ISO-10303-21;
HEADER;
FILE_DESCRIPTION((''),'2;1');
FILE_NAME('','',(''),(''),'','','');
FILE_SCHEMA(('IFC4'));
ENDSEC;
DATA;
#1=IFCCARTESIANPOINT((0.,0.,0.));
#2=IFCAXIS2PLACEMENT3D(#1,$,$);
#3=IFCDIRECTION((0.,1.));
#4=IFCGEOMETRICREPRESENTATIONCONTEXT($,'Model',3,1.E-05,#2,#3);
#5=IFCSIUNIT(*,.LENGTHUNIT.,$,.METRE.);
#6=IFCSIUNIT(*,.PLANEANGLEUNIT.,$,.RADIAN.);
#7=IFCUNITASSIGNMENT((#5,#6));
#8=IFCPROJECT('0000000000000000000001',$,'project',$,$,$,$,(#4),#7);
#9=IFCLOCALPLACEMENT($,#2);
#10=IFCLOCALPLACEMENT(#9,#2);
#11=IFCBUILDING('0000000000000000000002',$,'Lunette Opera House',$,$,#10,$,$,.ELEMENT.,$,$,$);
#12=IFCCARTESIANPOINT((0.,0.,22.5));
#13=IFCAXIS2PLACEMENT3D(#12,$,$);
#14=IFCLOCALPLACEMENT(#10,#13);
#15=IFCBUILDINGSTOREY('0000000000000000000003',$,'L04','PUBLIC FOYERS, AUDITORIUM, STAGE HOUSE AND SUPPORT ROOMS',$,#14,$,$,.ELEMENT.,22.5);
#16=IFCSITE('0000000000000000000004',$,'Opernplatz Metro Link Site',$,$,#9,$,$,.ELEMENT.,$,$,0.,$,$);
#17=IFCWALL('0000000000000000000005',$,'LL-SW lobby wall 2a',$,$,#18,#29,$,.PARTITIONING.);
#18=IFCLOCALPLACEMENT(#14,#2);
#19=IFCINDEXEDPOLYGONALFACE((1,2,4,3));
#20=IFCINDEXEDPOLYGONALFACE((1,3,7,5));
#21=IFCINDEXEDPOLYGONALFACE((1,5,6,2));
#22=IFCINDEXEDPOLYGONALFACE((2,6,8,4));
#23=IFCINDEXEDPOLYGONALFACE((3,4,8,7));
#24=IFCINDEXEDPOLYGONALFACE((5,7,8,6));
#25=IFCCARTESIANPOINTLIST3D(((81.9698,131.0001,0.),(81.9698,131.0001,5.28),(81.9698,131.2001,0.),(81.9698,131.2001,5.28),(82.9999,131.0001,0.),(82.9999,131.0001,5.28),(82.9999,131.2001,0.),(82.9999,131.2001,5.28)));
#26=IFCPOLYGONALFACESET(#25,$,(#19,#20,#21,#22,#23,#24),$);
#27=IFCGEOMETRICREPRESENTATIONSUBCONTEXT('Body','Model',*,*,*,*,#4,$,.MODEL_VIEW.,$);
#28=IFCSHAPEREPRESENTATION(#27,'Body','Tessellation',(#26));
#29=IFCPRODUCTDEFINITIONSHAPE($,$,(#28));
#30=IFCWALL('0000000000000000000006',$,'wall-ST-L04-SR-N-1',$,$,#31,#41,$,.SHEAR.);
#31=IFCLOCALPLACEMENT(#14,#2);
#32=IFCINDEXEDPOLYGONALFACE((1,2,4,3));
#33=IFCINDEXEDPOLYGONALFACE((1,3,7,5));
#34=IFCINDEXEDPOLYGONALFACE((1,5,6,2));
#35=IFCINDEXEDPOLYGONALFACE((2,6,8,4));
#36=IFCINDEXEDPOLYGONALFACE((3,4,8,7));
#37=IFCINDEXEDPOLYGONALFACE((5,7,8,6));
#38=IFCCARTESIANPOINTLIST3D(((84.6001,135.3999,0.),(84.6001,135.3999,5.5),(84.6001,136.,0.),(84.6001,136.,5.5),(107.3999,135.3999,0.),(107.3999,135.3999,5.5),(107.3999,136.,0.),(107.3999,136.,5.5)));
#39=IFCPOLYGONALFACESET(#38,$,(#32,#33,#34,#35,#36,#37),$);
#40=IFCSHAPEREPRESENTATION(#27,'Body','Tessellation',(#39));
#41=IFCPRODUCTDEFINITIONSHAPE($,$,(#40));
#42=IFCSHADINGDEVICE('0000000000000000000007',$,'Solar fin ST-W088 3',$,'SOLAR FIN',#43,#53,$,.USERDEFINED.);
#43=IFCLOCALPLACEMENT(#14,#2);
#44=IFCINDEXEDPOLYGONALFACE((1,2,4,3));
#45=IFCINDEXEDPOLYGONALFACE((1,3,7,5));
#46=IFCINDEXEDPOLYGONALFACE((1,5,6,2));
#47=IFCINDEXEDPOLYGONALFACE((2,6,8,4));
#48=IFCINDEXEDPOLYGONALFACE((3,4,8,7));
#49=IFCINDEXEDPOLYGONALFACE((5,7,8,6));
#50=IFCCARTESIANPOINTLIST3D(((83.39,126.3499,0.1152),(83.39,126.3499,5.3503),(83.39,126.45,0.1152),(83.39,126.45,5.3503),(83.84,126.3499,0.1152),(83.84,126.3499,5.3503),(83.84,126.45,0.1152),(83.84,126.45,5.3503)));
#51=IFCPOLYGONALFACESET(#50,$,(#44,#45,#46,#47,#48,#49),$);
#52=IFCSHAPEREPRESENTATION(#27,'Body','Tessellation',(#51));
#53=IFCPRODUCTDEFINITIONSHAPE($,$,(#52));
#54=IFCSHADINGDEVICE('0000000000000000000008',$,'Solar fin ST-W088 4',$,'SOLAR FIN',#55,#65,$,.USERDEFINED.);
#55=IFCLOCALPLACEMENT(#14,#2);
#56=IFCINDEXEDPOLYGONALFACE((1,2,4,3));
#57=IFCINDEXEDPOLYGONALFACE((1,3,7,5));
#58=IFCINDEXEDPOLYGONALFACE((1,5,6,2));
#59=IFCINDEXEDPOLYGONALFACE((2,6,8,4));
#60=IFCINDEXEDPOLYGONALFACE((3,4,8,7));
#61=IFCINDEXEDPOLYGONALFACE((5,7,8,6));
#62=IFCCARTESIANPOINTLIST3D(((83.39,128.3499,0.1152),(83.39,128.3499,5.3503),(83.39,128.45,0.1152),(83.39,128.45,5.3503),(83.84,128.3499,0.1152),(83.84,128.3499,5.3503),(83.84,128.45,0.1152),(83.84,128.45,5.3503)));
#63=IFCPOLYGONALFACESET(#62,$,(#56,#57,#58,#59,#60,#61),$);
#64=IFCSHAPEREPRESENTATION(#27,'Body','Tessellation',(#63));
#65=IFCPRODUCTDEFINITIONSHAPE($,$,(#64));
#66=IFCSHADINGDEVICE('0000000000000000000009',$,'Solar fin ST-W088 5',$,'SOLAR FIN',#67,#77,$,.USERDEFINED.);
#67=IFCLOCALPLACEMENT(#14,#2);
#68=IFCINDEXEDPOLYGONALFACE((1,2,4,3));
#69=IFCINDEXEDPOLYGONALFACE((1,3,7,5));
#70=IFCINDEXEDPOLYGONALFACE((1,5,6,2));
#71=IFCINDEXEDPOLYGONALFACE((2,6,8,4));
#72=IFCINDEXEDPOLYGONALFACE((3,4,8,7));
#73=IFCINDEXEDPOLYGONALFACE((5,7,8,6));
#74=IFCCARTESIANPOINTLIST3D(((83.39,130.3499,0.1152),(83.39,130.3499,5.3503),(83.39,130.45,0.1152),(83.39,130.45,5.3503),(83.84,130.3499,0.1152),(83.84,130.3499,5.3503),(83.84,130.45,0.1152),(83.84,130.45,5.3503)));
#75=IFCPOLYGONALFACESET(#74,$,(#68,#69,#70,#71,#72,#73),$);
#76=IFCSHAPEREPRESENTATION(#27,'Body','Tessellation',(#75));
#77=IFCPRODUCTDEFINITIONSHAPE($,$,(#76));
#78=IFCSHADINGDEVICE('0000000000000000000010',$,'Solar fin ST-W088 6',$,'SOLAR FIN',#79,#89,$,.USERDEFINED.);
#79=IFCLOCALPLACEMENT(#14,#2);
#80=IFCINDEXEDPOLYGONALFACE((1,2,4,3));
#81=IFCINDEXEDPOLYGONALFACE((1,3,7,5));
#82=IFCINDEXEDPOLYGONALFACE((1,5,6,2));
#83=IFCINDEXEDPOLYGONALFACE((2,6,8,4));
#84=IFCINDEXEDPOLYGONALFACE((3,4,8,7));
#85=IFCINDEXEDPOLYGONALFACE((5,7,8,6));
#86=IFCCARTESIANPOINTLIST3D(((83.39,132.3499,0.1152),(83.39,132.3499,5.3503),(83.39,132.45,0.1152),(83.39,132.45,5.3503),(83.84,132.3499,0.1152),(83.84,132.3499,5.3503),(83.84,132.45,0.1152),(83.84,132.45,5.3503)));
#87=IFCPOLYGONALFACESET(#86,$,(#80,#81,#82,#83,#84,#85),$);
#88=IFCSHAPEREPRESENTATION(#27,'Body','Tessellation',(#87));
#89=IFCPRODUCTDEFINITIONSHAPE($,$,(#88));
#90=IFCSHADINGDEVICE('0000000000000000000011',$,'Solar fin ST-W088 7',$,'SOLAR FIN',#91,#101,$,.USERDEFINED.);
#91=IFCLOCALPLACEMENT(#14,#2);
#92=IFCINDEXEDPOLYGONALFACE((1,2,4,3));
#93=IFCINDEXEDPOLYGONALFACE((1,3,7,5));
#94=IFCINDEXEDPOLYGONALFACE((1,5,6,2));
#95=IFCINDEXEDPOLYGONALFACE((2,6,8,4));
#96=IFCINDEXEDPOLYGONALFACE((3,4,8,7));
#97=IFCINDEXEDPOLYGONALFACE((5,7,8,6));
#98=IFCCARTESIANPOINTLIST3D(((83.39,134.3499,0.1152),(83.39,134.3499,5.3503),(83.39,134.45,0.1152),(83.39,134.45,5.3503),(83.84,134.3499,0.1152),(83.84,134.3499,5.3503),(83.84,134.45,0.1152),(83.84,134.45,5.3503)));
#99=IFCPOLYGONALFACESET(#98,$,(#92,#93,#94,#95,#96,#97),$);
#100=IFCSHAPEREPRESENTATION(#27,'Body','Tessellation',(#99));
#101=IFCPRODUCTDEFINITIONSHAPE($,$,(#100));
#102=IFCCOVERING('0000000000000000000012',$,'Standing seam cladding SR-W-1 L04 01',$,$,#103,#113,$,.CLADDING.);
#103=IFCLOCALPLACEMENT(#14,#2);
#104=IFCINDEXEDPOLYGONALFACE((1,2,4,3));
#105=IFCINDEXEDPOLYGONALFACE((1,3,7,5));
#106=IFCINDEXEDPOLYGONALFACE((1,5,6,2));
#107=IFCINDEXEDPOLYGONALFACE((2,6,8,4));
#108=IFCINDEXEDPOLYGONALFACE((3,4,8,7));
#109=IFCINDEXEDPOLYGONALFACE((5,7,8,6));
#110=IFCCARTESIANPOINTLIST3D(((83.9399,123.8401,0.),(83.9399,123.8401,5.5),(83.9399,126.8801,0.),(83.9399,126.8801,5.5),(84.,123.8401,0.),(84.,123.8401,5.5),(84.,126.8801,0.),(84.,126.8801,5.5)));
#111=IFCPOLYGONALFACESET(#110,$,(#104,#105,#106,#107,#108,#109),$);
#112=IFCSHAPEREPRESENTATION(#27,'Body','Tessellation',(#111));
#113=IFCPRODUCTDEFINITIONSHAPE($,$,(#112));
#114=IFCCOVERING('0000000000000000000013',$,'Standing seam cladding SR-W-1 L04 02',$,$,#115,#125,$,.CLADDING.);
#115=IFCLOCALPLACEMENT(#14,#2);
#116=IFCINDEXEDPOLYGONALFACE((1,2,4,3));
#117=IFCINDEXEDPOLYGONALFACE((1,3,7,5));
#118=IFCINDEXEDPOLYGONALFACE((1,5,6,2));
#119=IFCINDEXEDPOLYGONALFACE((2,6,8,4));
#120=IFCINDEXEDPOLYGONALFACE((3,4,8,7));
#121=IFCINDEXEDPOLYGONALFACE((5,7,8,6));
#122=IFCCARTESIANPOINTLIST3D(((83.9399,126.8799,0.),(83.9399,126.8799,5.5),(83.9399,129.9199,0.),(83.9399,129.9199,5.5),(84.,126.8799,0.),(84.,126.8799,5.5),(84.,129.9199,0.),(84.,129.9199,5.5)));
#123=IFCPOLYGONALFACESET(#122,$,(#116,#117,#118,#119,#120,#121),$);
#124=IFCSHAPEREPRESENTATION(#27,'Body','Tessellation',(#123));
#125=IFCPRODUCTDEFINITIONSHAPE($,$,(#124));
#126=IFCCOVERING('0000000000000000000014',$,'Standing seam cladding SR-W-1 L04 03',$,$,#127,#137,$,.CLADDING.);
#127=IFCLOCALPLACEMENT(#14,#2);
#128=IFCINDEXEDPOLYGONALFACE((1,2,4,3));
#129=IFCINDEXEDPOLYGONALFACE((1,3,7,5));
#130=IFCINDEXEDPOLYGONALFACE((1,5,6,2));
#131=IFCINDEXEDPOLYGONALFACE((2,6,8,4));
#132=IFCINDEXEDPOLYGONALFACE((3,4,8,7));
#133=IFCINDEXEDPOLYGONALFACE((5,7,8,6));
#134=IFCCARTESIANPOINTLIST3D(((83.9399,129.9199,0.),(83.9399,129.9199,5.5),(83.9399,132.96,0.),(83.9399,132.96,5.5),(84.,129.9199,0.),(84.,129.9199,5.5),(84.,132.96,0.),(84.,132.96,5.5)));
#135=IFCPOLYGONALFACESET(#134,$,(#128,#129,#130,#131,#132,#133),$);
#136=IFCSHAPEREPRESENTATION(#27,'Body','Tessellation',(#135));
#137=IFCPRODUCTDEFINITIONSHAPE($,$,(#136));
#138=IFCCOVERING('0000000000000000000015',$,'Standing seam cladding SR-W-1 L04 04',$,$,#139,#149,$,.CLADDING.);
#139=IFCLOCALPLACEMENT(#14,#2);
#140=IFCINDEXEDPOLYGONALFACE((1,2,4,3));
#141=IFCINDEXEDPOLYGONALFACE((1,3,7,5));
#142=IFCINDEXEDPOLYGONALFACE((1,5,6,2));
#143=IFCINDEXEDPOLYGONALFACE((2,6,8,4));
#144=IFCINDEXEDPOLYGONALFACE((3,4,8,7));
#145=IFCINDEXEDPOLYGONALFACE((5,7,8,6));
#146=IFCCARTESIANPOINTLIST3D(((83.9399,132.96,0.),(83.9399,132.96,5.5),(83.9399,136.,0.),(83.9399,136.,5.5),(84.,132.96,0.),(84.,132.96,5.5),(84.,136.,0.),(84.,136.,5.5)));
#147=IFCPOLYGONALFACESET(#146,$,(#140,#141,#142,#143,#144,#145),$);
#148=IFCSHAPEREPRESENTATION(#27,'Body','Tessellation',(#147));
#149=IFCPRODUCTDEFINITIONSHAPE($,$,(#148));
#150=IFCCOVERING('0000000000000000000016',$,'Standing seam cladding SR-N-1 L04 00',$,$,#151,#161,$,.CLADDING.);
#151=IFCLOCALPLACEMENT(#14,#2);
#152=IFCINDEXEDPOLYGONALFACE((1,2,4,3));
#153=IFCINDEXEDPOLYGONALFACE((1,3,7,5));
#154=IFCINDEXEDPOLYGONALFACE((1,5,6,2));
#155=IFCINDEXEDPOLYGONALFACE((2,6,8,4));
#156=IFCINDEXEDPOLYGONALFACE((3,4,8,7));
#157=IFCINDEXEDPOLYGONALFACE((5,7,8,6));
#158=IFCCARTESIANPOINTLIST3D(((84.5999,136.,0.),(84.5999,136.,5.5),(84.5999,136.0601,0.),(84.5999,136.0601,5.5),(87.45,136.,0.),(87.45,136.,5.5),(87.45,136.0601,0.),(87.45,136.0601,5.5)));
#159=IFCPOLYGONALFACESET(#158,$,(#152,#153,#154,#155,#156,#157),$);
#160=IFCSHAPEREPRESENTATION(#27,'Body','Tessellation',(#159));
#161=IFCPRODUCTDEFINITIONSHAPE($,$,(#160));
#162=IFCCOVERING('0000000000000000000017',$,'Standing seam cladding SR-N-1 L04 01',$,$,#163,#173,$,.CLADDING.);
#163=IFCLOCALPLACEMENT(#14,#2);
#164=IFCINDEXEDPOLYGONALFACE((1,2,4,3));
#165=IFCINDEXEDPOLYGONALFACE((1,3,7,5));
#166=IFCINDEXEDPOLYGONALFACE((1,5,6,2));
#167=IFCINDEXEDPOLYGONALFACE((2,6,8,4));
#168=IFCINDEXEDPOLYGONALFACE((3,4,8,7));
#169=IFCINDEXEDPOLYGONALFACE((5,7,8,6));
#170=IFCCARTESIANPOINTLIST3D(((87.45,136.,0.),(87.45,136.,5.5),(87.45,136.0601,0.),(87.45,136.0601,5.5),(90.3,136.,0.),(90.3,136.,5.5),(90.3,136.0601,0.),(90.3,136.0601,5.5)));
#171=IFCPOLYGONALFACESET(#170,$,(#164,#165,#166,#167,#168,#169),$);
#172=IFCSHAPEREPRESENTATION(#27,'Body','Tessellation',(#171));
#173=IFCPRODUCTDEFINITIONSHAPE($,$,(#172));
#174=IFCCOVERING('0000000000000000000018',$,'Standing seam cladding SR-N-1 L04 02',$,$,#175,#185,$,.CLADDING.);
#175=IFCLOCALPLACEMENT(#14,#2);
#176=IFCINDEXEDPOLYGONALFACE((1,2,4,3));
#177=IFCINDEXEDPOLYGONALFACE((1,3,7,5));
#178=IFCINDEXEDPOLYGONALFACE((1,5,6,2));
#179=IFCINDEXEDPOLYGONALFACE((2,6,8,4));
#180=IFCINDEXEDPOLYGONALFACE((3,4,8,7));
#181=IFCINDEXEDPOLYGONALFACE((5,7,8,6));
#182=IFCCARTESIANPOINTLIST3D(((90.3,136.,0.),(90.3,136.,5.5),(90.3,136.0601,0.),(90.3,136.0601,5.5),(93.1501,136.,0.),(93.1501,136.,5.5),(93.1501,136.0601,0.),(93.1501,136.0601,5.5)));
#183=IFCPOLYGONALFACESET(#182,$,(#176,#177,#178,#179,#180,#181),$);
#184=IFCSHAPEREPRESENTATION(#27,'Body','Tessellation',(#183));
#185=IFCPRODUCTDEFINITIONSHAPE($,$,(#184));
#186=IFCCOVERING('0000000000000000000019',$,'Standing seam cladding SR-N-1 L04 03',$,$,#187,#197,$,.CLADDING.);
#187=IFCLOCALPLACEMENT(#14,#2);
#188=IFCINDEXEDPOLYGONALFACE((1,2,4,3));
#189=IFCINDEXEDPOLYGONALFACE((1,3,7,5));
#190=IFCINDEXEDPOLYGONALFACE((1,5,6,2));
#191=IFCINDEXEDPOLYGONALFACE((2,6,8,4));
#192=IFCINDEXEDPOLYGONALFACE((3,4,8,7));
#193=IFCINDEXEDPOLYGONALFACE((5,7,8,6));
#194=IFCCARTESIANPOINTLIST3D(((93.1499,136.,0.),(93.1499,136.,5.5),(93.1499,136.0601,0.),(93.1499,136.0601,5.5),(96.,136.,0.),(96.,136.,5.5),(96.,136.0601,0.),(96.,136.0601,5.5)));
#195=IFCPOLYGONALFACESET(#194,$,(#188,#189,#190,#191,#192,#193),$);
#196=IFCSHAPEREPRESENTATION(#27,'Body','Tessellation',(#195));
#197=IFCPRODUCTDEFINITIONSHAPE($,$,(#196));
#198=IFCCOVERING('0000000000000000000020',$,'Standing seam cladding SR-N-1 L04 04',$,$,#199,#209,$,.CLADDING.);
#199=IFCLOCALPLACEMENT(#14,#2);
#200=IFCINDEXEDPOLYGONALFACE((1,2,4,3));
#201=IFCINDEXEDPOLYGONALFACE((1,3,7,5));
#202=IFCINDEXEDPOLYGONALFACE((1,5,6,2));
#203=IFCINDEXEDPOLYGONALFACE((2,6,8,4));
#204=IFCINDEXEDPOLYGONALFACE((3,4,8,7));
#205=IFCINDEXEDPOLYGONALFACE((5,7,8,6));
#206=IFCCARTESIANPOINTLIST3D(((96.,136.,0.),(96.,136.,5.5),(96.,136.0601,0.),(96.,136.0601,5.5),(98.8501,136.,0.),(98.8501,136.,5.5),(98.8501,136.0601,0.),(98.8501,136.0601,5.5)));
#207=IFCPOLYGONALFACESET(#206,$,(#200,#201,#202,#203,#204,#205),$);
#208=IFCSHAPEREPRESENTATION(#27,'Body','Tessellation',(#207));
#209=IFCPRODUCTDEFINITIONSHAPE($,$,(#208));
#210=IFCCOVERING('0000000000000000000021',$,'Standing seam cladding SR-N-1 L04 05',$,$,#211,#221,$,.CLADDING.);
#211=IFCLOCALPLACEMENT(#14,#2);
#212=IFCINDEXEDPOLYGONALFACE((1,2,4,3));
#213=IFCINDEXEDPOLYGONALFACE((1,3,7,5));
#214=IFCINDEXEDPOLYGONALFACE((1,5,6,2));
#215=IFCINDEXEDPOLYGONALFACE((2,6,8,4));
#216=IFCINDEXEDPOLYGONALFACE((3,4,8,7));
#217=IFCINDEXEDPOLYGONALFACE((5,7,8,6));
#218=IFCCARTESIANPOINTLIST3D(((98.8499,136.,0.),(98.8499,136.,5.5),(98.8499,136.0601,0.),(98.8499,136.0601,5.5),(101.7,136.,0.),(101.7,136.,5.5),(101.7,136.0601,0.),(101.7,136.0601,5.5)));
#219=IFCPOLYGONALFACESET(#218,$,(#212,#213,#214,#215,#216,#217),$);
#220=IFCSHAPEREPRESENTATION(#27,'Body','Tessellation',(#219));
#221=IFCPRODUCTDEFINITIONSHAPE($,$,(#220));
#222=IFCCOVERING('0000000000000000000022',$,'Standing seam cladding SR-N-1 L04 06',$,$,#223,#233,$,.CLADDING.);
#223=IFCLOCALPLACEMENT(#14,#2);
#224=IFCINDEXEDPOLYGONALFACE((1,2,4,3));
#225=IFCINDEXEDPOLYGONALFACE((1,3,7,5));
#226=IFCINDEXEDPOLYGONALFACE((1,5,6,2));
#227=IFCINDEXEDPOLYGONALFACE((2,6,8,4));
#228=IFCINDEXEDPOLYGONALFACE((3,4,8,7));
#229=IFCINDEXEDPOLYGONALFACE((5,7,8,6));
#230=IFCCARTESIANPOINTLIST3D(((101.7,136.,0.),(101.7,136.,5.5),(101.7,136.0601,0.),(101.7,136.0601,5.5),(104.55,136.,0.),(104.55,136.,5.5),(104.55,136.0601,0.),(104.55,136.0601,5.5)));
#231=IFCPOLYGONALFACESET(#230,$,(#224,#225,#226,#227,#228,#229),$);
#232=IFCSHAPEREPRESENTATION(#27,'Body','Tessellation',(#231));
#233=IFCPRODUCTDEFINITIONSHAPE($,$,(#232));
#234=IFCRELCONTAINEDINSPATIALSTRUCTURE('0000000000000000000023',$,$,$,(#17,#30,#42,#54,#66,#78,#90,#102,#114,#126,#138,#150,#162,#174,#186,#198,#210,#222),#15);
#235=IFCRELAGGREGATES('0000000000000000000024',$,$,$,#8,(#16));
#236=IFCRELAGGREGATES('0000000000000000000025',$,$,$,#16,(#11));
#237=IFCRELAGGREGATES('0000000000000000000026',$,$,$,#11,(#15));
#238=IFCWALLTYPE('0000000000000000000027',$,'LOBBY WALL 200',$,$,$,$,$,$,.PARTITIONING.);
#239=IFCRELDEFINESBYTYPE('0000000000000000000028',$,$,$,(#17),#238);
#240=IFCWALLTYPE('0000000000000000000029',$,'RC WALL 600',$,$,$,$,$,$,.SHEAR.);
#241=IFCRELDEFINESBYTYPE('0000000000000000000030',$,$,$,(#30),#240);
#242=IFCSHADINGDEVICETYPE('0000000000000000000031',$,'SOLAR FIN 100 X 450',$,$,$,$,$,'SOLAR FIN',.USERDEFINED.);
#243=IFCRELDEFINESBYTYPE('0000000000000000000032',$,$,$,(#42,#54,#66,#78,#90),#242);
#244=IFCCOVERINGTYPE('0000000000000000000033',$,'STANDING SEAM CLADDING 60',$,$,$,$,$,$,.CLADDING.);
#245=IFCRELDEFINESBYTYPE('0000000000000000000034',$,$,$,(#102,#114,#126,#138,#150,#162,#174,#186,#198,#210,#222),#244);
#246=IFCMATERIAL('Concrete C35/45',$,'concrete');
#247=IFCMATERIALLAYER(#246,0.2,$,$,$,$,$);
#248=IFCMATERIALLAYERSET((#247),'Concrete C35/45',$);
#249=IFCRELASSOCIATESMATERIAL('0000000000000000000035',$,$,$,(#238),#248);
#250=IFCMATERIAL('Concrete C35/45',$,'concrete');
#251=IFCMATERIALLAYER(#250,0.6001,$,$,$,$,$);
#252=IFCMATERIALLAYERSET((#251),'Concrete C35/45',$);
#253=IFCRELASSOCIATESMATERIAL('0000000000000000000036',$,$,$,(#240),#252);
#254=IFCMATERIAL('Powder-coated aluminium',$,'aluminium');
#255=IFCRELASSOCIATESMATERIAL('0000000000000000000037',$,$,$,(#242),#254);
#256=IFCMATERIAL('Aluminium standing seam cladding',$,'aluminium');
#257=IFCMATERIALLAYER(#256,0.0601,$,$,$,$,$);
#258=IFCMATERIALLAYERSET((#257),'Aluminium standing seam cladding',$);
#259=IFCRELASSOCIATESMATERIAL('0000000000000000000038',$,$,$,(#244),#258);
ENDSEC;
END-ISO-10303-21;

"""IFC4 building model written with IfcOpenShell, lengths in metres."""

from ifc_helpers import new_model, si_unit, direction, frame, frame_2d, origin, origin_2d, place, context, subcontext, project, spatial, rectangle, extrude, material, layer, layer_set, type_object, element, save


model = new_model("IFC4")

# Units and contexts
model_context = context("Model", 3, precision=1e-05, world=origin(), true_north=direction((0.0, 1.0)))
body_context = subcontext(model_context, "Body", "Model", "MODEL_VIEW")
ifc_project = project(units=[si_unit("LENGTHUNIT", "METRE"), si_unit("PLANEANGLEUNIT", "RADIAN")], contexts=[model_context])

# Site, building, storey
site_placement = place(None, origin())
site = spatial("IfcSite", under=ifc_project, at=site_placement, Name="Opernplatz Metro Link Site", CompositionType="ELEMENT", RefElevation=0.0)
building_placement = place(site_placement, origin())
building = spatial("IfcBuilding", under=site, at=building_placement, Name="Lunette Opera House", CompositionType="ELEMENT")
storey_placement = place(building_placement, frame((0.0, 0.0, 22.5)))
storey = spatial("IfcBuildingStorey", under=building, at=storey_placement, Name="L04", Description="PUBLIC FOYERS, AUDITORIUM, STAGE HOUSE AND SUPPORT ROOMS", CompositionType="ELEMENT", Elevation=22.5)

# Walls
ifc_material_1 = material(Name="Concrete C35/45", Category="concrete")
ifc_layer_1 = layer(ifc_material_1, 0.2)
ifc_layer_set_1 = layer_set([ifc_layer_1], Name="Concrete C35/45")
wall_type_1 = type_object("IfcWallType", Name="LOBBY WALL 200", PredefinedType="PARTITIONING", material=ifc_layer_set_1)
wall_1_placement = place(storey_placement, frame((83.0, 131.1001, 0.0), z_axis=(0.0, 0.0, 1.0), x_axis=(-1.0, 0.0, 0.0)))
element("IfcWall", 1, at=wall_1_placement, inside=storey, type_object=wall_type_1, Name="LL-SW lobby wall 2a", PredefinedType="PARTITIONING", context=body_context, shape_type="SweptSolid", body=[
    extrude(rectangle(XDim=1.03, YDim=0.2, at=frame_2d((0.5151, 0.0))), origin(), (0.0, 0.0, 1.0), 5.28),
])
ifc_material_2 = material(Name="Concrete C35/45", Category="concrete")
ifc_layer_2 = layer(ifc_material_2, 0.6001)
ifc_layer_set_2 = layer_set([ifc_layer_2], Name="Concrete C35/45")
wall_type_2 = type_object("IfcWallType", Name="RC WALL 600", PredefinedType="SHEAR", material=ifc_layer_set_2)
wall_2_placement = place(storey_placement, frame((84.6001, 135.7, 0.0), z_axis=(0.0, 0.0, 1.0), x_axis=(1.0, 0.0, 0.0)))
element("IfcWall", 2, at=wall_2_placement, inside=storey, type_object=wall_type_2, Name="wall-ST-L04-SR-N-1", PredefinedType="SHEAR", context=body_context, shape_type="SweptSolid", body=[
    extrude(rectangle(XDim=22.7998, YDim=0.6001, at=frame_2d((11.3999, 0.0))), origin(), (0.0, 0.0, 1.0), 5.5),
])

# Shading devices
ifc_material_3 = material(Name="Powder-coated aluminium", Category="aluminium")
shading_device_type = type_object("IfcShadingDeviceType", Name="SOLAR FIN 100 X 450", ElementType="SOLAR FIN", PredefinedType="USERDEFINED", material=ifc_material_3)
for number, where, z_axis, x_axis, name in (
    (3, (83.615, 126.3999, 0.1152), (0.0, 0.0, 1.0), (-1.0, 0.0, 0.0), "Solar fin ST-W088 3"),
    (4, (83.615, 128.3999, 0.1152), (0.0, 0.0, 1.0), (-1.0, 0.0, 0.0), "Solar fin ST-W088 4"),
    (5, (83.615, 130.3999, 0.1152), (0.0, 0.0, 1.0), (-1.0, 0.0, 0.0), "Solar fin ST-W088 5"),
    (6, (83.615, 132.3999, 0.1152), (0.0, 0.0, 1.0), (-1.0, 0.0, 0.0), "Solar fin ST-W088 6"),
    (7, (83.615, 134.3999, 0.1152), (0.0, 0.0, 1.0), (-1.0, 0.0, 0.0), "Solar fin ST-W088 7"),
):
    element("IfcShadingDevice", number, at=place(storey_placement, frame(where, z_axis=z_axis, x_axis=x_axis)), inside=storey, type_object=shading_device_type, Name=name, ObjectType="SOLAR FIN", PredefinedType="USERDEFINED", context=body_context, shape_type="SweptSolid", body=[
        extrude(rectangle(XDim=0.45, YDim=0.1001, at=origin_2d()), origin(), (0.0, 0.0, 1.0), 5.2351),
    ])

# Coverings
ifc_material_4 = material(Name="Aluminium standing seam cladding", Category="aluminium")
ifc_layer_3 = layer(ifc_material_4, 0.0601)
ifc_layer_set_3 = layer_set([ifc_layer_3], Name="Aluminium standing seam cladding")
covering_type = type_object("IfcCoveringType", Name="STANDING SEAM CLADDING 60", PredefinedType="CLADDING", material=ifc_layer_set_3)
for number, where, z_axis, x_axis, name in (
    (8, (83.97, 125.3601, 0.0), (0.0, 0.0, 1.0), (0.0, 1.0, 0.0), "Standing seam cladding SR-W-1 L04 01"),
    (9, (83.97, 128.3999, 0.0), (0.0, 0.0, 1.0), (0.0, 1.0, 0.0), "Standing seam cladding SR-W-1 L04 02"),
    (10, (83.97, 131.4399, 0.0), (0.0, 0.0, 1.0), (0.0, 1.0, 0.0), "Standing seam cladding SR-W-1 L04 03"),
    (11, (83.97, 134.48, 0.0), (0.0, 0.0, 1.0), (0.0, 1.0, 0.0), "Standing seam cladding SR-W-1 L04 04"),
):
    element("IfcCovering", number, at=place(storey_placement, frame(where, z_axis=z_axis, x_axis=x_axis)), inside=storey, type_object=covering_type, Name=name, PredefinedType="CLADDING", context=body_context, shape_type="SweptSolid", body=[
        extrude(rectangle(XDim=3.04, YDim=0.0601, at=origin_2d()), origin(), (0.0, 0.0, 1.0), 5.5),
    ])
for number, where, z_axis, x_axis, name in (
    (12, (86.0249, 136.03, 0.0), (0.0, 0.0, 1.0), (1.0, 0.0, 0.0), "Standing seam cladding SR-N-1 L04 00"),
    (13, (88.875, 136.03, 0.0), (0.0, 0.0, 1.0), (1.0, 0.0, 0.0), "Standing seam cladding SR-N-1 L04 01"),
    (14, (91.7251, 136.03, 0.0), (0.0, 0.0, 1.0), (1.0, 0.0, 0.0), "Standing seam cladding SR-N-1 L04 02"),
    (15, (94.575, 136.03, 0.0), (0.0, 0.0, 1.0), (1.0, 0.0, 0.0), "Standing seam cladding SR-N-1 L04 03"),
    (16, (97.425, 136.03, 0.0), (0.0, 0.0, 1.0), (1.0, 0.0, 0.0), "Standing seam cladding SR-N-1 L04 04"),
    (17, (100.2749, 136.03, 0.0), (0.0, 0.0, 1.0), (1.0, 0.0, 0.0), "Standing seam cladding SR-N-1 L04 05"),
    (18, (103.125, 136.03, 0.0), (0.0, 0.0, 1.0), (1.0, 0.0, 0.0), "Standing seam cladding SR-N-1 L04 06"),
):
    element("IfcCovering", number, at=place(storey_placement, frame(where, z_axis=z_axis, x_axis=x_axis)), inside=storey, type_object=covering_type, Name=name, PredefinedType="CLADDING", context=body_context, shape_type="SweptSolid", body=[
        extrude(rectangle(XDim=2.8501, YDim=0.0601, at=origin_2d()), origin(), (0.0, 0.0, 1.0), 5.5),
    ])

save(model, "model.ifc")
